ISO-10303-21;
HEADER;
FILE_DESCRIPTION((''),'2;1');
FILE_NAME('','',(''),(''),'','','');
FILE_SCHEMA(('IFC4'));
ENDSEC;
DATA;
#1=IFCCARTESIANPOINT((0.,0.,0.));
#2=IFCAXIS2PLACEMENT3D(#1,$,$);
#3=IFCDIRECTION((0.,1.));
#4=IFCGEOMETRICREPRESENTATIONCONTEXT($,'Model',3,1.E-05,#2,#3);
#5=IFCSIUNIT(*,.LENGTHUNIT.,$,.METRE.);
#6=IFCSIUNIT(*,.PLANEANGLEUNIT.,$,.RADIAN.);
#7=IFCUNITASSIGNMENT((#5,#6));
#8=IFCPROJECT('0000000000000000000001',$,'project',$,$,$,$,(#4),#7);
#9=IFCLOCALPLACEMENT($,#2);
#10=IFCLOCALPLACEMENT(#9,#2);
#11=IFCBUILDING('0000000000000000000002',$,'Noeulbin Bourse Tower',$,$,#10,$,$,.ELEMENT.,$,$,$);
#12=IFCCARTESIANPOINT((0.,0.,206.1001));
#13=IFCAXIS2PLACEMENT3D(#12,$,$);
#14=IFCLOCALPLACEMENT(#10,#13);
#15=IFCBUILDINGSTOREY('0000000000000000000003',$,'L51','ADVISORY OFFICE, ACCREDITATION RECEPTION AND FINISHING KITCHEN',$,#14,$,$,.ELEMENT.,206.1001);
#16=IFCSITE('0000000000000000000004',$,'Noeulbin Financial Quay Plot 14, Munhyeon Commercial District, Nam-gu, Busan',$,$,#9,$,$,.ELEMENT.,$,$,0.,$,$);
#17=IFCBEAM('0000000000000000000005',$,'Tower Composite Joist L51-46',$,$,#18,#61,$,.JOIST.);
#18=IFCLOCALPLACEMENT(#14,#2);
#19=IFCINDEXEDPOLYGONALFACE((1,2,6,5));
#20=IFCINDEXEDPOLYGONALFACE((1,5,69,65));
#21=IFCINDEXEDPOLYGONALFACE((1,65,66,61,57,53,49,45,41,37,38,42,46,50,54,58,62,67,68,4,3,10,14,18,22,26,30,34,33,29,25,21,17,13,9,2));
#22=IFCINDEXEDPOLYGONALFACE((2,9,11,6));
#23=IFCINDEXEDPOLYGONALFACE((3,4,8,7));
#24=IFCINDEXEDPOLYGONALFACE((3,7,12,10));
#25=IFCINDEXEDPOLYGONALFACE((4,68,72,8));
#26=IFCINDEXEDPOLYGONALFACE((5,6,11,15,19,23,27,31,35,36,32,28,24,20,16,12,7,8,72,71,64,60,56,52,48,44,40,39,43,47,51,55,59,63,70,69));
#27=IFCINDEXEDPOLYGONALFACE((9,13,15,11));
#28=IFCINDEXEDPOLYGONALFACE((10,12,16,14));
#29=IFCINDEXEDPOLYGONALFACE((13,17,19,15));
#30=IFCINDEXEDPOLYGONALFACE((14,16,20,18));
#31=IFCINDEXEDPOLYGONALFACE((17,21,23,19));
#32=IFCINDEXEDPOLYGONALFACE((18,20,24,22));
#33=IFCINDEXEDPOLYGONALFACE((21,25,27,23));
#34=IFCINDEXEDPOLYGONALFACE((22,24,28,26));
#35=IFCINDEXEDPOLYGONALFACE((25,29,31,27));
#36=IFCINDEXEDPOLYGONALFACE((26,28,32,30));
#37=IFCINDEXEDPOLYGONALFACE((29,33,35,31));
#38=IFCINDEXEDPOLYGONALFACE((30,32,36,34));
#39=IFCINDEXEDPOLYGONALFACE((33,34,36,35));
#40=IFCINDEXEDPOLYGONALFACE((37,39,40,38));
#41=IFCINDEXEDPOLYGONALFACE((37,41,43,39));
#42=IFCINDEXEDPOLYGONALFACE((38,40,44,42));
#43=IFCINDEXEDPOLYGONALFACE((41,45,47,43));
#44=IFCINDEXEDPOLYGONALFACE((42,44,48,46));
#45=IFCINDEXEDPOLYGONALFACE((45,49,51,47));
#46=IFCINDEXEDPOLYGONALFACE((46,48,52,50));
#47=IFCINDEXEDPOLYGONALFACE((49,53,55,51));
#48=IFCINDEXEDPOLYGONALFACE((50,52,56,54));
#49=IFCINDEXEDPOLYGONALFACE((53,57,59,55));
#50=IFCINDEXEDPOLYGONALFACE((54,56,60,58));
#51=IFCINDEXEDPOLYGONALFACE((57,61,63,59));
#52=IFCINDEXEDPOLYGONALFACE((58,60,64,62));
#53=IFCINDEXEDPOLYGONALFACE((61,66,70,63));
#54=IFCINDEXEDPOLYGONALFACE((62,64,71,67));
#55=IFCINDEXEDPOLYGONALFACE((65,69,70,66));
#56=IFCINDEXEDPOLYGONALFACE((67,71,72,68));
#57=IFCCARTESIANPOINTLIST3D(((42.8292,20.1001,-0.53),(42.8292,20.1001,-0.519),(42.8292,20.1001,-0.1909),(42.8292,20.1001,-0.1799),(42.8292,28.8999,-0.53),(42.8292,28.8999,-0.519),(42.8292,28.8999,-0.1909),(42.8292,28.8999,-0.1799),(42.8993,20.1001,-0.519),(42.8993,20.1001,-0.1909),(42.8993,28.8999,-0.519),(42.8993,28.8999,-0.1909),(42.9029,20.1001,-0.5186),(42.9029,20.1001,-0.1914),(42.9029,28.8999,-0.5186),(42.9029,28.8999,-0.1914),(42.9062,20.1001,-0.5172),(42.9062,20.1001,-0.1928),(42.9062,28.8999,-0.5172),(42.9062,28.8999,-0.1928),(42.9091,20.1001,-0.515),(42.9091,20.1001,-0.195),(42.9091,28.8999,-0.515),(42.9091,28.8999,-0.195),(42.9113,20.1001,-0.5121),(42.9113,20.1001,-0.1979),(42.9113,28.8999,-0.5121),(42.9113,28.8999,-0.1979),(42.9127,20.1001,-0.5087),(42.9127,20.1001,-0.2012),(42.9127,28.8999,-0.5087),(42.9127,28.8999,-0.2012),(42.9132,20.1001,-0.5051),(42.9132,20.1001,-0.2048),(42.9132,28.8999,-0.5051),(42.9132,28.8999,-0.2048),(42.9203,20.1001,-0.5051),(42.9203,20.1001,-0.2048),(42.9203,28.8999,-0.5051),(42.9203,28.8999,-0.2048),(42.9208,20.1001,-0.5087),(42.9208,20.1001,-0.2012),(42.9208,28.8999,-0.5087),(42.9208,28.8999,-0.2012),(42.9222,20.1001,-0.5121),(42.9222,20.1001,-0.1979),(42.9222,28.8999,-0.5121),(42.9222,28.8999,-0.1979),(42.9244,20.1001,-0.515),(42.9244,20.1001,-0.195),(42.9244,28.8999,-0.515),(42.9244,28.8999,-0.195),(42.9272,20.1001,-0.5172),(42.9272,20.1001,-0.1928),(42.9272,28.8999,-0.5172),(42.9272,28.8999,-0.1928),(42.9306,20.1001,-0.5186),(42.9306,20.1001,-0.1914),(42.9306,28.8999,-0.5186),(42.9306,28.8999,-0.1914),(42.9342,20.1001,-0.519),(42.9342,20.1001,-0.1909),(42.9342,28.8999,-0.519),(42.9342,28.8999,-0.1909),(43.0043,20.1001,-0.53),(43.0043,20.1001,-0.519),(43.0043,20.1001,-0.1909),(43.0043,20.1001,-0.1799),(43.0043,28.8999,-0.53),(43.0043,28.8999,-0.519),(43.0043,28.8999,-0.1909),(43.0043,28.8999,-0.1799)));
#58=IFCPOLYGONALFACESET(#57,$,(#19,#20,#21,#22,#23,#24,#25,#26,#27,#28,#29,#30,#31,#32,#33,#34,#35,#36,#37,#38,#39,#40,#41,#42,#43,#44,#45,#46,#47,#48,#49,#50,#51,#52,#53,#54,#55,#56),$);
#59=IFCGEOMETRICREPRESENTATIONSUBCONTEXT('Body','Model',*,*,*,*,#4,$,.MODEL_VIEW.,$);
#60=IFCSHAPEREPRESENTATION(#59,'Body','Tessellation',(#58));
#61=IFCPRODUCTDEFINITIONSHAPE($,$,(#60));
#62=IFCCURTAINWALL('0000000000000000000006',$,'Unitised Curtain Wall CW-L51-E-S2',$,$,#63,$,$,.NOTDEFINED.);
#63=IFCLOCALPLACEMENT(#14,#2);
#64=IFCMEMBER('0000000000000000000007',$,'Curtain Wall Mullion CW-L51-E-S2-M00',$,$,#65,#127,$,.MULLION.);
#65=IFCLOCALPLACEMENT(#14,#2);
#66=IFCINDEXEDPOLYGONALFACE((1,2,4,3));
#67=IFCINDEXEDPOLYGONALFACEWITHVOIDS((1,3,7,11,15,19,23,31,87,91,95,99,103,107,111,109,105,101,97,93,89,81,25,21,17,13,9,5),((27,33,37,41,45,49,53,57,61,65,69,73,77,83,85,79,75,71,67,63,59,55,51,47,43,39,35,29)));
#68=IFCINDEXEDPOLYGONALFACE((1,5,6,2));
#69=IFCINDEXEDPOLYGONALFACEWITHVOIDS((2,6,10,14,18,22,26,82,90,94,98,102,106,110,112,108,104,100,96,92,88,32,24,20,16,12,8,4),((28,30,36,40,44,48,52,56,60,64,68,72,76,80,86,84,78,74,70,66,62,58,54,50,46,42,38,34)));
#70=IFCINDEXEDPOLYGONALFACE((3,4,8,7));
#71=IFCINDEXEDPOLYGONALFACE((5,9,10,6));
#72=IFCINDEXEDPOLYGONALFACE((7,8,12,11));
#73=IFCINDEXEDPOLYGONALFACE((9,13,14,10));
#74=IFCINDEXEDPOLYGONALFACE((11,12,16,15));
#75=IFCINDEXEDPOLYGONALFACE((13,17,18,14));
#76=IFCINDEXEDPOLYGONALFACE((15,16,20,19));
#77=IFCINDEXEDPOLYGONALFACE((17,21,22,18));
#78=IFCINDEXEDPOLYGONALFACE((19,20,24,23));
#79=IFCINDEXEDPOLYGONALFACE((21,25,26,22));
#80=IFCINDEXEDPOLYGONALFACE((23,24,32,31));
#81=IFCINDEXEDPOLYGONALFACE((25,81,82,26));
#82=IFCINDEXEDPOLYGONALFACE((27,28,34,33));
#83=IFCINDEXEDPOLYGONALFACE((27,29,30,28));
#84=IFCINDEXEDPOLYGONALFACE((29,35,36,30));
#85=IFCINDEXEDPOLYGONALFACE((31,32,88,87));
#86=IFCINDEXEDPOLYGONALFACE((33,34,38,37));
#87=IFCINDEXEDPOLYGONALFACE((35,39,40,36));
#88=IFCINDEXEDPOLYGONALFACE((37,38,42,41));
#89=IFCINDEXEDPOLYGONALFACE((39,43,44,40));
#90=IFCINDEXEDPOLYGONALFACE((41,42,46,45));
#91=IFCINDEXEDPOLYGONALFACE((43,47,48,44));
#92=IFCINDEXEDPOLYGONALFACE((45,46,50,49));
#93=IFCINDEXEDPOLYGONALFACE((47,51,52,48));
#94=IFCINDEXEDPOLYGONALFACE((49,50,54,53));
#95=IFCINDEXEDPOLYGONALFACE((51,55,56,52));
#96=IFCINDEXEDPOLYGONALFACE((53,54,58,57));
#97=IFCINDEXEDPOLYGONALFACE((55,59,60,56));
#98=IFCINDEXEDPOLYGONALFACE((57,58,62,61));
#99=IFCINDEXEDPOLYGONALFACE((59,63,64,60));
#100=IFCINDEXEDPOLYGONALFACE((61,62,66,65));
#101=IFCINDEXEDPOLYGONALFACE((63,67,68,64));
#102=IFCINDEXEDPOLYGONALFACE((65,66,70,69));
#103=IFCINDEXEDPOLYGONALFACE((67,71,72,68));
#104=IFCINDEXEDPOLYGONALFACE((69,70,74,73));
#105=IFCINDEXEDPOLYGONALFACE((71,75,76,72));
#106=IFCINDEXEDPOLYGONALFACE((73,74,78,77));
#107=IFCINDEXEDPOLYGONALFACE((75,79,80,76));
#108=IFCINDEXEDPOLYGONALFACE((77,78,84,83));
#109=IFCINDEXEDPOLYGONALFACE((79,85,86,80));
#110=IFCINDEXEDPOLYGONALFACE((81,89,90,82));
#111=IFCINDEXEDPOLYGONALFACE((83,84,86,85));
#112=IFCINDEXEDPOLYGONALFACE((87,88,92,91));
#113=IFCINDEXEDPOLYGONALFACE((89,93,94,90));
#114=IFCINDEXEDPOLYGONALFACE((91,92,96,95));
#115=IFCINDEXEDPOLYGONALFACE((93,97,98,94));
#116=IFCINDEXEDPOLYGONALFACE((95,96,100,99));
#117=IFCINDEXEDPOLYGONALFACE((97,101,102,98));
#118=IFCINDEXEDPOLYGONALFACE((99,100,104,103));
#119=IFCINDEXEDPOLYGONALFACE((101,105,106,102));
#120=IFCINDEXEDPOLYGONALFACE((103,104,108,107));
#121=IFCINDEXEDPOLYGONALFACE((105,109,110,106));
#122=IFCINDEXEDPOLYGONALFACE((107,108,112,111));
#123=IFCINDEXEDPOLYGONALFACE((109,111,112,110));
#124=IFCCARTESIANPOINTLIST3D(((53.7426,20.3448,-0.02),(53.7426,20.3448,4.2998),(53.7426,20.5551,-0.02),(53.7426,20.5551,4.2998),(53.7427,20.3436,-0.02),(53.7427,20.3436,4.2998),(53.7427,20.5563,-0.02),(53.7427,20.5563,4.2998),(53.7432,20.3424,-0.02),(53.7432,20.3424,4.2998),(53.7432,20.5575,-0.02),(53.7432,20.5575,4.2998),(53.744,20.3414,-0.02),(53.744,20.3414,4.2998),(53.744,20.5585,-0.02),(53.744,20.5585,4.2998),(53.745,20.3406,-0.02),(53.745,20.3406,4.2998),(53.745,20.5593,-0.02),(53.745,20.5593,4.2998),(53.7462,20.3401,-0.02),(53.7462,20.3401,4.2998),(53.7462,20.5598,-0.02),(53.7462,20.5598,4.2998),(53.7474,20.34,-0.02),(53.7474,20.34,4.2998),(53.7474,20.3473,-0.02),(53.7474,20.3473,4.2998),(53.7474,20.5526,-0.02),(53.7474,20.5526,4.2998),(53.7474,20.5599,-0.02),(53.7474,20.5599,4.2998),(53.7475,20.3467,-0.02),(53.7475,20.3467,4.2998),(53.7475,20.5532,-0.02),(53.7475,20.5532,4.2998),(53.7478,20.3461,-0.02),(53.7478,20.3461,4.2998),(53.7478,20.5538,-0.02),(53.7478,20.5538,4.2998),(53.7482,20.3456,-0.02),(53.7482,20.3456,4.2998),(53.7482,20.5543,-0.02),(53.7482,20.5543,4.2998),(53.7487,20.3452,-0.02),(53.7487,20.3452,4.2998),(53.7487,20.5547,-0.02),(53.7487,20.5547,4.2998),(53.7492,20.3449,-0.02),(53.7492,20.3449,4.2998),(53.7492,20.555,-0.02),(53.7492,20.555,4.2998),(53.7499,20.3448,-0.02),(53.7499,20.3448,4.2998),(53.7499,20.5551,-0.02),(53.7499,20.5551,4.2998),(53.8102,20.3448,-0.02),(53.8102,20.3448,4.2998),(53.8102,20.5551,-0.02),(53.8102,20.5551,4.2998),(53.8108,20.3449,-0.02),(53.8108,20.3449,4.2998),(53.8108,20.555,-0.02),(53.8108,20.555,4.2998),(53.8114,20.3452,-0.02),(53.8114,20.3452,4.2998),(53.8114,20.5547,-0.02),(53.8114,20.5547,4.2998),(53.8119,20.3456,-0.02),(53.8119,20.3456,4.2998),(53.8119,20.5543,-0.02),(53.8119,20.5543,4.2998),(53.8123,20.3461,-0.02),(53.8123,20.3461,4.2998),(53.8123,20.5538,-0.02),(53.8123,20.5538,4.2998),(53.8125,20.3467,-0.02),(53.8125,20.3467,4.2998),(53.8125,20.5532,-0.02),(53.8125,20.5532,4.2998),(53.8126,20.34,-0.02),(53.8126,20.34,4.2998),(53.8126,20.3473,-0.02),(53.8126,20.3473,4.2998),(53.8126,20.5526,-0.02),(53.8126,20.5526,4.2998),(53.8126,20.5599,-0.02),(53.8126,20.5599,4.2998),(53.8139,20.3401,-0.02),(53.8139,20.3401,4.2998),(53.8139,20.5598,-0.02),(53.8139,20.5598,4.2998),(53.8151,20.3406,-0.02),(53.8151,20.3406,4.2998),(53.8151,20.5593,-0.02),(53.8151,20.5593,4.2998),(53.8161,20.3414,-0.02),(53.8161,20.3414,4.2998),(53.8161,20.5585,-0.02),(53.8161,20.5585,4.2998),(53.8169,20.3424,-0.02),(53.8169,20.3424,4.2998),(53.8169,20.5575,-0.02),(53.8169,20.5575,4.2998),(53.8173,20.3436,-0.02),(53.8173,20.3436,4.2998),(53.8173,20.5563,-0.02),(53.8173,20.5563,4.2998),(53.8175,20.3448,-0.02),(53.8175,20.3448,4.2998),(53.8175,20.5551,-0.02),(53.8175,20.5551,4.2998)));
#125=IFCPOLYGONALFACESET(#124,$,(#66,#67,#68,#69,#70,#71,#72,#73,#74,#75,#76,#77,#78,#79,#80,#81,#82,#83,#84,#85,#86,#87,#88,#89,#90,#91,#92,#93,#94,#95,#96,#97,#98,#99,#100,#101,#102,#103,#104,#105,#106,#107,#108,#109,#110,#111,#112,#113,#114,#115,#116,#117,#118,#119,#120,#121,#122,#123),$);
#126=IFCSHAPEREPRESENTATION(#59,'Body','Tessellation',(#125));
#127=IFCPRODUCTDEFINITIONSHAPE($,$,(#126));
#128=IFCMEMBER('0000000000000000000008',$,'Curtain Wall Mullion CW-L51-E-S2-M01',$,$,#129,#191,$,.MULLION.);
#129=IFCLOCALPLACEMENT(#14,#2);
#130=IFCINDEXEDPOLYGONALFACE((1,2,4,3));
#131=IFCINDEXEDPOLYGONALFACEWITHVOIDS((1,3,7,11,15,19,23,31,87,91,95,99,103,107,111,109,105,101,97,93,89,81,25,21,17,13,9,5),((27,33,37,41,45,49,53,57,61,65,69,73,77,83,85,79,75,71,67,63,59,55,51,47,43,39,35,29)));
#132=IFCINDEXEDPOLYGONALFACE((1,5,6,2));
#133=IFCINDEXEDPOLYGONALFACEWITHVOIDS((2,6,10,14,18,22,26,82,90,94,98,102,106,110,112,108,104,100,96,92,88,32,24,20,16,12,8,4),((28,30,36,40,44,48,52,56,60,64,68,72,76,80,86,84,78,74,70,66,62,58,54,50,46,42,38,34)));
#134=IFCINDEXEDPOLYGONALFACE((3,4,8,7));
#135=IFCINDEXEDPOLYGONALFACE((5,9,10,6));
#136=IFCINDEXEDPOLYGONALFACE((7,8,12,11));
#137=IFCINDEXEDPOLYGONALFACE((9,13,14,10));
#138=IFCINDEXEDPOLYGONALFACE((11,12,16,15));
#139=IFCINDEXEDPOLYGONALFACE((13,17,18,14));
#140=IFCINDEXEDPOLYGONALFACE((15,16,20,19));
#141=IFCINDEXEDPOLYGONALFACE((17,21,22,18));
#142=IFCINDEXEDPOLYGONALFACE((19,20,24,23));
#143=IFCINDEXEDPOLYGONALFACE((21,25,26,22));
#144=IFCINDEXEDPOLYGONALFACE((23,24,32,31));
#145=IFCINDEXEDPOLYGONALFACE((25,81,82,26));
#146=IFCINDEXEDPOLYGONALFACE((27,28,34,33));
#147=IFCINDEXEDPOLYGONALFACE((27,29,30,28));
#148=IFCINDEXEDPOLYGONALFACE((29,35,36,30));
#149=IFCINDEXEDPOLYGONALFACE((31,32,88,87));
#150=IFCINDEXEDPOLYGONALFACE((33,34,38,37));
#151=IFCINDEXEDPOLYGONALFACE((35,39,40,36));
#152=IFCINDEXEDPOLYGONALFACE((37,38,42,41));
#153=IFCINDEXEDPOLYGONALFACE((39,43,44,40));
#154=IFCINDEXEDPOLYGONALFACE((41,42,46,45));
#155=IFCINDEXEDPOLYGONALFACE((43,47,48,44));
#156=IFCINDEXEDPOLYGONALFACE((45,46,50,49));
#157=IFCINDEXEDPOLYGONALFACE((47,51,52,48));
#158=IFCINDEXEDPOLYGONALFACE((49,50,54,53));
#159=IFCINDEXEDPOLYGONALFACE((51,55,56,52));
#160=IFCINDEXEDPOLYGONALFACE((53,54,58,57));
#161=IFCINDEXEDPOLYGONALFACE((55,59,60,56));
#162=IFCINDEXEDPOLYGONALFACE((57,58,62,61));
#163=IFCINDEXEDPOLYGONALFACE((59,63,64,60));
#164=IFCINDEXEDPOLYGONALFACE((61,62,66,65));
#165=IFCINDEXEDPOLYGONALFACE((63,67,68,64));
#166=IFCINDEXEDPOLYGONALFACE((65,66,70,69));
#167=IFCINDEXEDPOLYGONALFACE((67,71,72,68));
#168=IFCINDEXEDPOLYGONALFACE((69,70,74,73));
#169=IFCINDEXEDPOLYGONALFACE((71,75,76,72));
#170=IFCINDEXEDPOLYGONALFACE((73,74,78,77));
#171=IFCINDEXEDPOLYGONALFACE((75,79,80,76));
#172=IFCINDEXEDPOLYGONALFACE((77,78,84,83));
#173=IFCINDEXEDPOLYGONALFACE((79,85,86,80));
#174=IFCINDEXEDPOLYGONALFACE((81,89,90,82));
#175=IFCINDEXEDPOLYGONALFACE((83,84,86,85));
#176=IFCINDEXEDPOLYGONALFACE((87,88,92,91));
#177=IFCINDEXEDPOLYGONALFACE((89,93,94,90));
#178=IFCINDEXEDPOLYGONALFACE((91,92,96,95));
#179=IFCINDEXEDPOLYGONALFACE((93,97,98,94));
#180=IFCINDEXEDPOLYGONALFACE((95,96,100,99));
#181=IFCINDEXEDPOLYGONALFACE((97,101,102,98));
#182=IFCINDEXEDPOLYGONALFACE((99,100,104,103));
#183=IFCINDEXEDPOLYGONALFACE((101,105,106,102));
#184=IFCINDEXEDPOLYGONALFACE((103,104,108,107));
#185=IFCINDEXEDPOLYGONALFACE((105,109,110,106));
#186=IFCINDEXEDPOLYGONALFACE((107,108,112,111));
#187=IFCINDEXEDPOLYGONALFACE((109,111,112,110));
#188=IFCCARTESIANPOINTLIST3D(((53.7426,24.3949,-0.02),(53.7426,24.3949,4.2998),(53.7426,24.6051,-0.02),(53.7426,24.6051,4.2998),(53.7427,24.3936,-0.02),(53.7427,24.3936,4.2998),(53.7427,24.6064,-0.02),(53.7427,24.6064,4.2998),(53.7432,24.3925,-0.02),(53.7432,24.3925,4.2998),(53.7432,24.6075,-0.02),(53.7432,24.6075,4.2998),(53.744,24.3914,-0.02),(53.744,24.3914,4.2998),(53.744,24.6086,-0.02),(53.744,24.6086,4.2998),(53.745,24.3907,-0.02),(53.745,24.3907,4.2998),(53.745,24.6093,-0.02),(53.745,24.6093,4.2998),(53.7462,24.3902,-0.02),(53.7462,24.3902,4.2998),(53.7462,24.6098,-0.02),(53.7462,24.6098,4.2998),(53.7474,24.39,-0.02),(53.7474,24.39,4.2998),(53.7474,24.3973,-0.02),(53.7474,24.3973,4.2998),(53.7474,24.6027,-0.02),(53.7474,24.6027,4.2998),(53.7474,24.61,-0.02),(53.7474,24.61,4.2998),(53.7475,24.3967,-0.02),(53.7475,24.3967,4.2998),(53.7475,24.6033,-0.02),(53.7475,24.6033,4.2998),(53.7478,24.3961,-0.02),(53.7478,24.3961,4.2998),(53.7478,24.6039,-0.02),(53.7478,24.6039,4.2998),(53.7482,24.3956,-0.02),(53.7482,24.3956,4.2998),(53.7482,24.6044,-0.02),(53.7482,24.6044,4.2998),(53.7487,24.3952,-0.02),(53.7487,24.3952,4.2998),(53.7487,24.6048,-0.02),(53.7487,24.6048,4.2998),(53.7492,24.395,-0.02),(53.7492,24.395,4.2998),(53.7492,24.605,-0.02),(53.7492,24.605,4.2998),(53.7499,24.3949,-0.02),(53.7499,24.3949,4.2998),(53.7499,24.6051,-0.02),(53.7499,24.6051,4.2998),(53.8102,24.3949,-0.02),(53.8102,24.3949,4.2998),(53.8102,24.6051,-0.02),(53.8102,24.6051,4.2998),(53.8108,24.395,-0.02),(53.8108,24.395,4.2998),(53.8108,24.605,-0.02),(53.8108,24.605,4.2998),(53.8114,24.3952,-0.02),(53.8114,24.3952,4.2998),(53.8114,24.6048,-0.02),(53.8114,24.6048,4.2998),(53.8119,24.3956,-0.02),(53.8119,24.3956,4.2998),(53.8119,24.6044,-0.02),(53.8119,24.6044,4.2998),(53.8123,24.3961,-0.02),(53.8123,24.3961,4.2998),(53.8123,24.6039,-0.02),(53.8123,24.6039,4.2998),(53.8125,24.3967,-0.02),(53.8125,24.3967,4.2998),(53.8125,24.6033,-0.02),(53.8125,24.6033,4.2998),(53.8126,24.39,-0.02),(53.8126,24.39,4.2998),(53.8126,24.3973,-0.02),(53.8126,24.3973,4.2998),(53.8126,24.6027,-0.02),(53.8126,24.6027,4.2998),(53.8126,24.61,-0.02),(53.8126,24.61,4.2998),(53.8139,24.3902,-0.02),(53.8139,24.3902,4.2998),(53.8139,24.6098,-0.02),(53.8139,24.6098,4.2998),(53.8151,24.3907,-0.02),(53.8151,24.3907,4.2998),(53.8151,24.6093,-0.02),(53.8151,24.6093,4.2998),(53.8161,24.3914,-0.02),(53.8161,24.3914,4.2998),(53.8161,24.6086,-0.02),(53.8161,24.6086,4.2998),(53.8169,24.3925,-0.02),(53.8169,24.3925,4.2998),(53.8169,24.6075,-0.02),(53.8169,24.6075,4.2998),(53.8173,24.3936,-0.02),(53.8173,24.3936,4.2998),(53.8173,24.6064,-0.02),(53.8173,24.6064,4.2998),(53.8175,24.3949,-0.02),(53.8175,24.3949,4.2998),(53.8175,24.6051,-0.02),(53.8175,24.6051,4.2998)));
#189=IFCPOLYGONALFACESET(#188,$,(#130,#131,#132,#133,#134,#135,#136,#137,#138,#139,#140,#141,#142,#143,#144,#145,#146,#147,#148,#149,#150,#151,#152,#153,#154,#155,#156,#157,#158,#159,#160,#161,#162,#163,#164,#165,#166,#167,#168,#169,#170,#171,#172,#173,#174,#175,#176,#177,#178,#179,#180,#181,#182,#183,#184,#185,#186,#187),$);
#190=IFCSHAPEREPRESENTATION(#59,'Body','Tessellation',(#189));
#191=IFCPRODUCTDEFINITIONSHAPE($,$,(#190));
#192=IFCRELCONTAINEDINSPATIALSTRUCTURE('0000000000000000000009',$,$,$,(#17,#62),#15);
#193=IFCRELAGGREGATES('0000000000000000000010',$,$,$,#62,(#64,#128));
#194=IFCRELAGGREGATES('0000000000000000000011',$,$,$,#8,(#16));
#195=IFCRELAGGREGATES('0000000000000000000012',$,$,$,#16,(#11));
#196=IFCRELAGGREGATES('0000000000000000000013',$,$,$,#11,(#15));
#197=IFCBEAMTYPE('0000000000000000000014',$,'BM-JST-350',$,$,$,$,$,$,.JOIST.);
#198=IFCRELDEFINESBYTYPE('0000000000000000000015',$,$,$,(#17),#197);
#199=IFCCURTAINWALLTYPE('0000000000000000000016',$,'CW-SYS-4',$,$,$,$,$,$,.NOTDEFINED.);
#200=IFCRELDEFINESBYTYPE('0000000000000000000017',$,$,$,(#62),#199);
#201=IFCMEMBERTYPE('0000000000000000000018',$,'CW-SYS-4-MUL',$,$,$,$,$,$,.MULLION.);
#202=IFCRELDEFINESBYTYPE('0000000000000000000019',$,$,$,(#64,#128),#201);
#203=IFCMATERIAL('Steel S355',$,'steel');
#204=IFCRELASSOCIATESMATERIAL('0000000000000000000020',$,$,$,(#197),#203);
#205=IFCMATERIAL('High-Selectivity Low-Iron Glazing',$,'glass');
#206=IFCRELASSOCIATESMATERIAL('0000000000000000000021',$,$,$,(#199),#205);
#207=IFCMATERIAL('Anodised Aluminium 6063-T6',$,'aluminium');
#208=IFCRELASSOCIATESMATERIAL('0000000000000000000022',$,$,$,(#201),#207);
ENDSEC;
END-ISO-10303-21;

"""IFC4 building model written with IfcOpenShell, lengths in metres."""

from ifc_helpers import new_model, si_unit, direction, frame, origin, origin_2d, place, context, subcontext, project, spatial, hollow_rectangle, i_section, extrude, material, material_profile, profile_set, type_object, element, aggregate, save


model = new_model("IFC4")

# Units and contexts
model_context = context("Model", 3, precision=1e-05, world=origin(), true_north=direction((0.0, 1.0)))
body_context = subcontext(model_context, "Body", "Model", "MODEL_VIEW")
ifc_project = project(units=[si_unit("LENGTHUNIT", "METRE"), si_unit("PLANEANGLEUNIT", "RADIAN")], contexts=[model_context])

# Site, building, storey
site_placement = place(None, origin())
site = spatial("IfcSite", under=ifc_project, at=site_placement, Name="Noeulbin Financial Quay Plot 14, Munhyeon Commercial District, Nam-gu, Busan", CompositionType="ELEMENT", RefElevation=0.0)
building_placement = place(site_placement, origin())
building = spatial("IfcBuilding", under=site, at=building_placement, Name="Noeulbin Bourse Tower", CompositionType="ELEMENT")
storey_placement = place(building_placement, frame((0.0, 0.0, 206.1001)))
storey = spatial("IfcBuildingStorey", under=building, at=storey_placement, Name="L51", Description="ADVISORY OFFICE, ACCREDITATION RECEPTION AND FINISHING KITCHEN", CompositionType="ELEMENT", Elevation=206.1001)

# Shared definitions
ifc_material_1 = material(Name="Steel S355", Category="steel")

# Beam
ifc_material_profile_1 = material_profile(ifc_material_1, i_section(OverallWidth=0.175, OverallDepth=0.3501, WebThickness=0.0071, FlangeThickness=0.011, FilletRadius=0.0139, at=origin_2d()), Name="H-350x175x7x11", Category="LoadBearing")
ifc_profile_set_1 = profile_set([ifc_material_profile_1], Name="Steel S355")
beam_type_1 = type_object("IfcBeamType", Name="BM-JST-350", PredefinedType="JOIST", material=ifc_profile_set_1)
beam_1_placement = place(storey_placement, frame((42.9167, 20.1001, -0.355), z_axis=(0.0, 1.0, 0.0), x_axis=(-1.0, 0.0, 0.0)))
element("IfcBeam", 1, at=beam_1_placement, inside=storey, type_object=beam_type_1, Name="Tower Composite Joist L51-46", PredefinedType="JOIST", context=body_context, shape_type="SweptSolid", body=[
    extrude(i_section(OverallWidth=0.175, OverallDepth=0.3501, WebThickness=0.0071, FlangeThickness=0.011, FilletRadius=0.0139, at=origin_2d()), origin(), (0.0, 0.0, 1.0), 8.7998),
])

# Curtain wall, members
ifc_material_2 = material(Name="High-Selectivity Low-Iron Glazing", Category="glass")
curtain_wall_type = type_object("IfcCurtainWallType", Name="CW-SYS-4", PredefinedType="NOTDEFINED", material=ifc_material_2)
curtain_wall_1_placement = place(storey_placement, origin())
curtain_wall_1 = element("IfcCurtainWall", 2, at=curtain_wall_1_placement, inside=storey, type_object=curtain_wall_type, Name="Unitised Curtain Wall CW-L51-E-S2", PredefinedType="NOTDEFINED")
ifc_material_3 = material(Name="Anodised Aluminium 6063-T6", Category="aluminium")
ifc_material_profile_2 = material_profile(ifc_material_3, hollow_rectangle(XDim=0.075, YDim=0.22, WallThickness=0.0049, InnerFilletRadius=0.0024, OuterFilletRadius=0.0049, at=origin_2d()), Name="ALU-MULL-75x220x5", Category="LoadBearing")
ifc_profile_set_2 = profile_set([ifc_material_profile_2], Name="Anodised Aluminium 6063-T6")
member_type_1 = type_object("IfcMemberType", Name="CW-SYS-4-MUL", PredefinedType="MULLION", material=ifc_profile_set_2)
member_1_placement = place(storey_placement, frame((53.78, 20.45, -0.02), z_axis=(0.0, 0.0, 1.0), x_axis=(1.0, 0.0, 0.0)))
member_1 = element("IfcMember", 3, at=member_1_placement, type_object=member_type_1, Name="Curtain Wall Mullion CW-L51-E-S2-M00", PredefinedType="MULLION", context=body_context, shape_type="SweptSolid", body=[
    extrude(hollow_rectangle(XDim=0.075, YDim=0.22, WallThickness=0.0049, InnerFilletRadius=0.0024, OuterFilletRadius=0.0049, at=origin_2d()), origin(), (0.0, 0.0, 1.0), 4.3198),
])
member_2_placement = place(storey_placement, frame((53.78, 24.5, -0.02), z_axis=(0.0, 0.0, 1.0), x_axis=(1.0, 0.0, 0.0)))
member_2 = element("IfcMember", 4, at=member_2_placement, type_object=member_type_1, Name="Curtain Wall Mullion CW-L51-E-S2-M01", PredefinedType="MULLION", context=body_context, shape_type="SweptSolid", body=[
    extrude(hollow_rectangle(XDim=0.075, YDim=0.22, WallThickness=0.0049, InnerFilletRadius=0.0024, OuterFilletRadius=0.0049, at=origin_2d()), origin(), (0.0, 0.0, 1.0), 4.3198),
])

aggregate(curtain_wall_1, [member_1, member_2])

save(model, "model.ifc")
